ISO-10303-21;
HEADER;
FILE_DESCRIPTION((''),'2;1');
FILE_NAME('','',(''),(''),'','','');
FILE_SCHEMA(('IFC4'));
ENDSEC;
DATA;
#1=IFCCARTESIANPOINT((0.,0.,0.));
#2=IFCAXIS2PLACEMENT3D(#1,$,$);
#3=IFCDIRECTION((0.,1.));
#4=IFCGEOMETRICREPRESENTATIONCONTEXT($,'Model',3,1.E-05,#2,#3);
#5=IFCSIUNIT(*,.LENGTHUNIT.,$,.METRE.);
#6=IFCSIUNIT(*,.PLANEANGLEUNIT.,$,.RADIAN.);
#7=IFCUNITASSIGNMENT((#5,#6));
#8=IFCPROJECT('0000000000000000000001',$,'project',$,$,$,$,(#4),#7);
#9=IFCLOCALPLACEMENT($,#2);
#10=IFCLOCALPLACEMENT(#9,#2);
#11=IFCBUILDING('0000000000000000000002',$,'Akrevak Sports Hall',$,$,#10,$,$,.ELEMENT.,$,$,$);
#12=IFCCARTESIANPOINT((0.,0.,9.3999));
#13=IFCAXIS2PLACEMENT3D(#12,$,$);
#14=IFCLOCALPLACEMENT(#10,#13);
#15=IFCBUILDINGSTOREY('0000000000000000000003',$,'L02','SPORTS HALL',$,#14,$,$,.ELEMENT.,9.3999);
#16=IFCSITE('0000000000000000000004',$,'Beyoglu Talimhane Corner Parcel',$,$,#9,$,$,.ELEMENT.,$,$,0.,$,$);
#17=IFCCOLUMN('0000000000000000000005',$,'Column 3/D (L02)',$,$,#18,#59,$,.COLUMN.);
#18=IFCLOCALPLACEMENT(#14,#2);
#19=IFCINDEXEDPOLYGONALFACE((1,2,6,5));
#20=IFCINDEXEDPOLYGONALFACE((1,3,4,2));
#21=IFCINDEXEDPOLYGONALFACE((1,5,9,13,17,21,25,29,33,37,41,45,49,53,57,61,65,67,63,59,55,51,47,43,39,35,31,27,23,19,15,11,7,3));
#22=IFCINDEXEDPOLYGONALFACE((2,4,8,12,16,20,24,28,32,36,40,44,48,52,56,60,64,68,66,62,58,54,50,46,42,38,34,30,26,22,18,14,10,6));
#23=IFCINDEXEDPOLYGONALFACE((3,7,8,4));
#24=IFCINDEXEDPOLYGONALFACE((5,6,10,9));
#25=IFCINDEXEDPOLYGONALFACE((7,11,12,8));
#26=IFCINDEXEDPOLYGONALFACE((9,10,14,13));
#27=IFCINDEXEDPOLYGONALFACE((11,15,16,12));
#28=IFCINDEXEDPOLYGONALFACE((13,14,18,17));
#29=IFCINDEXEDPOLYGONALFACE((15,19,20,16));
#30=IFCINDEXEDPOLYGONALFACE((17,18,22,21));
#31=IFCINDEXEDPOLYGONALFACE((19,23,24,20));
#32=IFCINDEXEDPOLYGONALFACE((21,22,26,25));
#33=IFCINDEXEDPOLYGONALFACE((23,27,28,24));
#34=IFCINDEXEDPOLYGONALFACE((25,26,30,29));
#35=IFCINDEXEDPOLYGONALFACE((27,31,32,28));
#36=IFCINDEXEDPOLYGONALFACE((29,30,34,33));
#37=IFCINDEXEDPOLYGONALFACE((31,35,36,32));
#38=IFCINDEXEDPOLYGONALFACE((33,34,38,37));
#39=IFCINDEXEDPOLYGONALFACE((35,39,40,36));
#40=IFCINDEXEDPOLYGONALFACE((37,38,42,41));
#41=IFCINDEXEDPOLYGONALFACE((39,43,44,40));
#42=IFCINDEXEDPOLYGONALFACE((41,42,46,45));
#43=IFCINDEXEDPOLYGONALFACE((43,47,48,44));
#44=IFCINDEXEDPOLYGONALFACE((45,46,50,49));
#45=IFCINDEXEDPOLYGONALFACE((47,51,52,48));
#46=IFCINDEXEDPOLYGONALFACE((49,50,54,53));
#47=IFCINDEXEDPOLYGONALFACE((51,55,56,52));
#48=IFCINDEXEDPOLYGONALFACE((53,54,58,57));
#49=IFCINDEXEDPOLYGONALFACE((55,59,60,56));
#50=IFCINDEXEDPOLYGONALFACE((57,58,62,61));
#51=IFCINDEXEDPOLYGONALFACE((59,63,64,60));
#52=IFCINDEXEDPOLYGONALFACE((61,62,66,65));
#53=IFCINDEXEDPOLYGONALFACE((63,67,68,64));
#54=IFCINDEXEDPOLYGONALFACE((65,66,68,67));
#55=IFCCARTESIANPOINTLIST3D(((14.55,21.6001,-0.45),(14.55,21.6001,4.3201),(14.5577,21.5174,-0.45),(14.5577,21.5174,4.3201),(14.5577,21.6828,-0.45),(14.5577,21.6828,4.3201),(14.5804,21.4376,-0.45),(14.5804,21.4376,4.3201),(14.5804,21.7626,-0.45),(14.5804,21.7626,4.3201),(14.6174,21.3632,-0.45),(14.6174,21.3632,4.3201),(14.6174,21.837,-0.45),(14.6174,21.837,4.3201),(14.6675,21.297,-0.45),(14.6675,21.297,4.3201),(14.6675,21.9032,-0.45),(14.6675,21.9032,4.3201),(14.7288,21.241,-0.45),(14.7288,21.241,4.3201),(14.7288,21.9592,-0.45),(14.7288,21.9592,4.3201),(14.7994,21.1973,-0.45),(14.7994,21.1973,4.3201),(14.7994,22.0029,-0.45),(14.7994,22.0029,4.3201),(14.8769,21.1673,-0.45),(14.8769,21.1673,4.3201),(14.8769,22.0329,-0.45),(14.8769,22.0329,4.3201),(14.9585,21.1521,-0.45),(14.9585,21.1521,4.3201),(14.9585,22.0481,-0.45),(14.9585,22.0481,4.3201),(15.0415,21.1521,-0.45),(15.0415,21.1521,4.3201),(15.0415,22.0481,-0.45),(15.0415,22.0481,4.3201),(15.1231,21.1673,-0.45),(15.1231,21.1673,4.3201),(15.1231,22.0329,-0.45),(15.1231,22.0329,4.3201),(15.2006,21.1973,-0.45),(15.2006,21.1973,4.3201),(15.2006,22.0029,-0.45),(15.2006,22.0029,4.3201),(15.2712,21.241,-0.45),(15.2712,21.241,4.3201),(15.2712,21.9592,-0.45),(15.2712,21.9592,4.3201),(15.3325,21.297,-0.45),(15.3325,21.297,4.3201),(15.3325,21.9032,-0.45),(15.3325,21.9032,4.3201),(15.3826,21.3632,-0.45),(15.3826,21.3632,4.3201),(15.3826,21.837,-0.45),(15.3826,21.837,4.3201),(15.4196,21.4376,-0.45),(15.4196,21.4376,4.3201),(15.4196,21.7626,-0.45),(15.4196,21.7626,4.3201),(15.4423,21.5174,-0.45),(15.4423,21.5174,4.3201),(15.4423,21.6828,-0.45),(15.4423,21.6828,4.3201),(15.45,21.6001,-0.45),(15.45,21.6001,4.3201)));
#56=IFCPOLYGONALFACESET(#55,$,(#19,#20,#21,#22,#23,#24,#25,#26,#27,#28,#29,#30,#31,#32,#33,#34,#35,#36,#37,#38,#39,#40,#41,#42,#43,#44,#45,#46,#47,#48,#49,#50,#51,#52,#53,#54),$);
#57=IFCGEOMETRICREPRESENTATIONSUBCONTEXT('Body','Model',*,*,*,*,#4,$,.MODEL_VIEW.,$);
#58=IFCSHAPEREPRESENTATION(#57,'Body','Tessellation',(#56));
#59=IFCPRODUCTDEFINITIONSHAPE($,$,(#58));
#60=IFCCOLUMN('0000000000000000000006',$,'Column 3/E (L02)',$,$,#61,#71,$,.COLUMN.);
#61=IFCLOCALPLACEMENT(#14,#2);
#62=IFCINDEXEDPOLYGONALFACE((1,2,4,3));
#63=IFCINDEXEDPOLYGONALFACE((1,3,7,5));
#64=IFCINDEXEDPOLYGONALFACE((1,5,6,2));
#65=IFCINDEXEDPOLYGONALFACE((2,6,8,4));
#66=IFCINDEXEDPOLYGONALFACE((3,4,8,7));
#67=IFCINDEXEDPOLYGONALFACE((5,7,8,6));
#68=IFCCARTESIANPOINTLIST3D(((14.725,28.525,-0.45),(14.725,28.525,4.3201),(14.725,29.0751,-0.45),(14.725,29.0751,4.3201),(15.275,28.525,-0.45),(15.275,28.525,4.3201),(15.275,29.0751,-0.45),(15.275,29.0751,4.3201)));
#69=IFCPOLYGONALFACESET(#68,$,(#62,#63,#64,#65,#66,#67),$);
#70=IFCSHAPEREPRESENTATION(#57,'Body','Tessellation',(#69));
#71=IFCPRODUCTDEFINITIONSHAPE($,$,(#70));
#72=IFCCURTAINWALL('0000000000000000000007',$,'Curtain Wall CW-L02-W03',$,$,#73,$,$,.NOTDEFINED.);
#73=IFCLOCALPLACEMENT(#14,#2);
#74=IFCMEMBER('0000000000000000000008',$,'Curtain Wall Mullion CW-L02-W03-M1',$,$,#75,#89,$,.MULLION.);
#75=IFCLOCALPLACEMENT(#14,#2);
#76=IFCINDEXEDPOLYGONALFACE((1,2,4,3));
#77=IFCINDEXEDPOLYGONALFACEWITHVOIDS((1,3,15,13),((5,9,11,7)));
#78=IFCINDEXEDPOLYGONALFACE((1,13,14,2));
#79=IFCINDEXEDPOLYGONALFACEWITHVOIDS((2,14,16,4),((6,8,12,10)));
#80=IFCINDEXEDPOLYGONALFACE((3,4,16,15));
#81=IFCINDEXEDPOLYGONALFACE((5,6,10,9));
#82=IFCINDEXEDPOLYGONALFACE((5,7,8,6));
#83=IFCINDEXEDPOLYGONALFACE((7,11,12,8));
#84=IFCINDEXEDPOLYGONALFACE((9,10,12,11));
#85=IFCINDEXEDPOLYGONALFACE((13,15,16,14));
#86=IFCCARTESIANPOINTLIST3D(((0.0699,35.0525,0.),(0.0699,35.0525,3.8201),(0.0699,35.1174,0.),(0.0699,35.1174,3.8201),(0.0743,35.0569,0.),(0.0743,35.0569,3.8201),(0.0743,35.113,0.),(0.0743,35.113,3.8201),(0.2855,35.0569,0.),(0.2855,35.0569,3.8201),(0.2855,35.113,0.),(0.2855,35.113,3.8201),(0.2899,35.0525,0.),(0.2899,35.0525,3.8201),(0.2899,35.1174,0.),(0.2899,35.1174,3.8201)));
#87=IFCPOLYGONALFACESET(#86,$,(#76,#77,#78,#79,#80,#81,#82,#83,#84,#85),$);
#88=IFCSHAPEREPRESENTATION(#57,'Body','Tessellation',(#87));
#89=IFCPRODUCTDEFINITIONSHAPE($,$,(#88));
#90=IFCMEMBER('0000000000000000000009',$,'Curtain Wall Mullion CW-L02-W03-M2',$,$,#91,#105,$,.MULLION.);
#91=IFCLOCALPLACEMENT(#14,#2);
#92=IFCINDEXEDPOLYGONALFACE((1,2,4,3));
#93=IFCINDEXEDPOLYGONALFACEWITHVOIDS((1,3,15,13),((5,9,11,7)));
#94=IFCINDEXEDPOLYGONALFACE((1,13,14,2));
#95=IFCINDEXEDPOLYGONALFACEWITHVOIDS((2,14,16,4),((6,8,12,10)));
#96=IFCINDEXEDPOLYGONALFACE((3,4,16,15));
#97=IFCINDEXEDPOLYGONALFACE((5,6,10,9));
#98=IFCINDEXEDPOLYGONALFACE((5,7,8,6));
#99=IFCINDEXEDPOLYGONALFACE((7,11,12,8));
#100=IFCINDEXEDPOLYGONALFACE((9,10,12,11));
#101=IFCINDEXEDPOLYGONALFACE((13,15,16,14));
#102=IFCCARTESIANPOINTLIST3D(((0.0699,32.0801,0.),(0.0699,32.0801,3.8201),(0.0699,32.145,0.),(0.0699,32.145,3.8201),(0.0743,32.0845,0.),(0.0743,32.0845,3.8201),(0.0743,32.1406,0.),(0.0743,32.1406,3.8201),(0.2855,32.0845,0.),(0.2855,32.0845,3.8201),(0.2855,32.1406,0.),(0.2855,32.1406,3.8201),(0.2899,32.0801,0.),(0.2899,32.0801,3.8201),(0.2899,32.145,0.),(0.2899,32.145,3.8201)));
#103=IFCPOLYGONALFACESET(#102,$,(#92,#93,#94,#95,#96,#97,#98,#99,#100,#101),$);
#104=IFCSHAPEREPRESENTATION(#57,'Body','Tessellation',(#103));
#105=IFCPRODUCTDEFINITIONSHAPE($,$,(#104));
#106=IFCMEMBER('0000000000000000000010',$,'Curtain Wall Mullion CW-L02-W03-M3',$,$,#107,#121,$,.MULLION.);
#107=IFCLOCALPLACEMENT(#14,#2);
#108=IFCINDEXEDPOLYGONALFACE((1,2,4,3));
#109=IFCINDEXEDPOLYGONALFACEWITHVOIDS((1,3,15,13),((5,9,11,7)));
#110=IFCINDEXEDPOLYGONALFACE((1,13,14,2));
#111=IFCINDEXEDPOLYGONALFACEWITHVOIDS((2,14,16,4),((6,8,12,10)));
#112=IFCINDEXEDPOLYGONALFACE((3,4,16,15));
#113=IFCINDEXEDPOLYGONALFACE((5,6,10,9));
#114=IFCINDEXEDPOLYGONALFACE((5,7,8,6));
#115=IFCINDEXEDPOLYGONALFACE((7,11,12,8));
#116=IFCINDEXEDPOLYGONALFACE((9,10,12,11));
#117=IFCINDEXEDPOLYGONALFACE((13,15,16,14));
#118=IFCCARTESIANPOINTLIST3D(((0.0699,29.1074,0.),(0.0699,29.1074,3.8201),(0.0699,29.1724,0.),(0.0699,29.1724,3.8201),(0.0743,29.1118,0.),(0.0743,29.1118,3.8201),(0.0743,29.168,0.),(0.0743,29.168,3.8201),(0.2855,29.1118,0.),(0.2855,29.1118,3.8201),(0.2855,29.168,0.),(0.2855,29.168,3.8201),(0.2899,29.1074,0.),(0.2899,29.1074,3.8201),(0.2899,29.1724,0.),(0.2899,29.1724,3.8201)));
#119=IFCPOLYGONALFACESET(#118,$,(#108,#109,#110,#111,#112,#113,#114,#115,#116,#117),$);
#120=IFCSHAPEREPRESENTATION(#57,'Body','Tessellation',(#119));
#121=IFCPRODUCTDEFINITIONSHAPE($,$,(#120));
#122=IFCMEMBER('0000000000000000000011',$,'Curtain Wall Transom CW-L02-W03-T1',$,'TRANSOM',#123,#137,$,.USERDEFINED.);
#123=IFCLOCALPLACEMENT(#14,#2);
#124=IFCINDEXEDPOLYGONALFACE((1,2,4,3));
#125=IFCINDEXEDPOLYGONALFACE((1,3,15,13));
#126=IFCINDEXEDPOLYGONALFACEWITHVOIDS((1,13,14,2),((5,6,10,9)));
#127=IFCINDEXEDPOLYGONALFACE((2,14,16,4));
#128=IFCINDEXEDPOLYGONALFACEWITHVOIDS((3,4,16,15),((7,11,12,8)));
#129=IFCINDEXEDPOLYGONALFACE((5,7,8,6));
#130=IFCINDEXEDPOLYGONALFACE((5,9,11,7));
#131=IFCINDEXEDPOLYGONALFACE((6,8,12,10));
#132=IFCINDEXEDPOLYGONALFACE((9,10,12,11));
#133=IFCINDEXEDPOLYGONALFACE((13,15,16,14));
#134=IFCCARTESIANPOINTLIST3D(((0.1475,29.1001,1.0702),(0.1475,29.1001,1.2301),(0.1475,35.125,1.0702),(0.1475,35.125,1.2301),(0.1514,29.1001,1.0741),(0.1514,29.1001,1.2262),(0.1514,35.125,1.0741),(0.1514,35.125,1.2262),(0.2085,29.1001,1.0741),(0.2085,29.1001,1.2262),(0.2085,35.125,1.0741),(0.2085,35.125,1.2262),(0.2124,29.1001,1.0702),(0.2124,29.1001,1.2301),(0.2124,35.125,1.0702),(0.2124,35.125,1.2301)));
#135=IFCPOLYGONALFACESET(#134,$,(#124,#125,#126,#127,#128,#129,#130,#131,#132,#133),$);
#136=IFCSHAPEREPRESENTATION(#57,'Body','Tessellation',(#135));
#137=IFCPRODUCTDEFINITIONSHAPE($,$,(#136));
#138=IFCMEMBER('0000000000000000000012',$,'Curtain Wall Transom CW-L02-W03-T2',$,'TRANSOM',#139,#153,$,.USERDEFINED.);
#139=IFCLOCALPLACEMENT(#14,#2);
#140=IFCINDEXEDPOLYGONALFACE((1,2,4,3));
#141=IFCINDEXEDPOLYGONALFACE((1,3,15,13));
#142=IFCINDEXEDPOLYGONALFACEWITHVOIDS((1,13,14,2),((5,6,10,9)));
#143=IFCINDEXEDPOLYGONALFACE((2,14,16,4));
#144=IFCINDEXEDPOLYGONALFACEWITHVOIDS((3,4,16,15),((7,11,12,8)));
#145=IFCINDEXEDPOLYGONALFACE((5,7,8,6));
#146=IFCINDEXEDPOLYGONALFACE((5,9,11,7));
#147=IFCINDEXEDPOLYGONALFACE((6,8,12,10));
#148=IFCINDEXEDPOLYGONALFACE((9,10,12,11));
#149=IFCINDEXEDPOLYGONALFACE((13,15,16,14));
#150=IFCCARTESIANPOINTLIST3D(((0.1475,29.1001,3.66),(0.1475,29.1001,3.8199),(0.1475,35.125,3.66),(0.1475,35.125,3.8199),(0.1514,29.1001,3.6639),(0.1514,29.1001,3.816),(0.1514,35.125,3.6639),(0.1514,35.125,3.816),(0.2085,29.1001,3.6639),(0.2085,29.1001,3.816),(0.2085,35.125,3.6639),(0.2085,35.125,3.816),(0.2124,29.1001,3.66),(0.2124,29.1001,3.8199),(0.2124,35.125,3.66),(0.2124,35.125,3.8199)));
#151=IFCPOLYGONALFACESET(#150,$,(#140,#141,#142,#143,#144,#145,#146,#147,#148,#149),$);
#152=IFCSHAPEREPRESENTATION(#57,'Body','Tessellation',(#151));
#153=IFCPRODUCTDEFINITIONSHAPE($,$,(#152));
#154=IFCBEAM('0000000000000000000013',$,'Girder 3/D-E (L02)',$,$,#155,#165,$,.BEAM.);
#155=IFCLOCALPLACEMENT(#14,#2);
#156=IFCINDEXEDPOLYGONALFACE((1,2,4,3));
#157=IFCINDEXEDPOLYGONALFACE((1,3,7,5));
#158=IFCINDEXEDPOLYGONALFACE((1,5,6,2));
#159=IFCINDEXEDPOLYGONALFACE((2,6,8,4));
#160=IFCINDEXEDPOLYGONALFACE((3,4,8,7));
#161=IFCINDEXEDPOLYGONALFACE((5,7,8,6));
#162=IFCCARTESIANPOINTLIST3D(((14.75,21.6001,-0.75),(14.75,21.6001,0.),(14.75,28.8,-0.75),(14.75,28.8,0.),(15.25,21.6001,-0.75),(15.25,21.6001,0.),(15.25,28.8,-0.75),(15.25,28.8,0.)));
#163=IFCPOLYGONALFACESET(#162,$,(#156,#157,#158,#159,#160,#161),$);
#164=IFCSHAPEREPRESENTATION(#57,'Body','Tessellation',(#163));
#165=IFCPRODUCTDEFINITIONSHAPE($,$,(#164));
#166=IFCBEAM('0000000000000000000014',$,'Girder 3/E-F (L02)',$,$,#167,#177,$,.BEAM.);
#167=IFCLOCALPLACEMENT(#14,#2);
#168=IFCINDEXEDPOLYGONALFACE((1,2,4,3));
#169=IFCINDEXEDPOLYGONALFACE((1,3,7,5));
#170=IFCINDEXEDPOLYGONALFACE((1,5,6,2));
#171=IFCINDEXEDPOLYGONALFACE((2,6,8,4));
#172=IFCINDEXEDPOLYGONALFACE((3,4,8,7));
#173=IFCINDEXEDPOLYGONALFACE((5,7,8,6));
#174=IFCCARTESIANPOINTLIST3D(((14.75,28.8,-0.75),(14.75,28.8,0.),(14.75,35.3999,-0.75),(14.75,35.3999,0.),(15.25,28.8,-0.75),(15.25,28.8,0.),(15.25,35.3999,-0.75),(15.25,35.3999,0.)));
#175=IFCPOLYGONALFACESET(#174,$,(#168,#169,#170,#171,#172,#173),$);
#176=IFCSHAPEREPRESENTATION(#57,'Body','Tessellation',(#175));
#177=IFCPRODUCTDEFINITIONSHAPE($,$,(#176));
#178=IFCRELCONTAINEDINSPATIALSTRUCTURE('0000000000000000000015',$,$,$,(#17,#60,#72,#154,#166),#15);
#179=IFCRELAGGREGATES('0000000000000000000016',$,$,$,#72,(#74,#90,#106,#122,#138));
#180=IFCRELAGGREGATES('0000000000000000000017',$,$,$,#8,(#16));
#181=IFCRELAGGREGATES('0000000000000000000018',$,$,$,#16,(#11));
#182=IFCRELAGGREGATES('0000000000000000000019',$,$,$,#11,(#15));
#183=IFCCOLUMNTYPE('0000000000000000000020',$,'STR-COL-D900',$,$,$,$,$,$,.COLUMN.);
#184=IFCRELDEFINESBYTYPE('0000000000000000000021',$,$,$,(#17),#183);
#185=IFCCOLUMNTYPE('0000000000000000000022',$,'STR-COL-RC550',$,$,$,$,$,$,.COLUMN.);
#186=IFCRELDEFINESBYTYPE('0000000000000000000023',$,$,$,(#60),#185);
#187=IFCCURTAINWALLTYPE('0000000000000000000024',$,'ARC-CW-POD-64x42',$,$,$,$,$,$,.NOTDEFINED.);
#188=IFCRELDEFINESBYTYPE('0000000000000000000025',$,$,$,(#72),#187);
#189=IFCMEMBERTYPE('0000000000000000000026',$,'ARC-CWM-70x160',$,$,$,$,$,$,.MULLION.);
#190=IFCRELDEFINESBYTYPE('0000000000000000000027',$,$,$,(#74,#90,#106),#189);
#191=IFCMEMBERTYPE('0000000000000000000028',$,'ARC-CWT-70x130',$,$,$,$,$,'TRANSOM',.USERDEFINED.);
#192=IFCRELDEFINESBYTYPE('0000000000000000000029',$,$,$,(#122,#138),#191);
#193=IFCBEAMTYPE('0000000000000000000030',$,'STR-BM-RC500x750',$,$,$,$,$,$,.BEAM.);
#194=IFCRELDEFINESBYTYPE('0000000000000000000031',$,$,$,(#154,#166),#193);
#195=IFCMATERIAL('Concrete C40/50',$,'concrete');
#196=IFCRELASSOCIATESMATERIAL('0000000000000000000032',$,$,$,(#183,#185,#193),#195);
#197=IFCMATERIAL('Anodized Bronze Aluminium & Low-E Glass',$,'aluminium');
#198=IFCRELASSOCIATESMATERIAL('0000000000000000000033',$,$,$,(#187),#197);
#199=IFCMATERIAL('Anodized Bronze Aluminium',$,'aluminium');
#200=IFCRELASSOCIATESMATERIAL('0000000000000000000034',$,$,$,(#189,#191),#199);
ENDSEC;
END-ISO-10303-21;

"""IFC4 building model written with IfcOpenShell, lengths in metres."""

from ifc_helpers import new_model, si_unit, direction, frame, origin, origin_2d, place, context, subcontext, project, spatial, rectangle, hollow_rectangle, circle, extrude, material, material_profile, profile_set, type_object, element, aggregate, save


model = new_model("IFC4")

# Units and contexts
model_context = context("Model", 3, precision=1e-05, world=origin(), true_north=direction((0.0, 1.0)))
body_context = subcontext(model_context, "Body", "Model", "MODEL_VIEW")
ifc_project = project(units=[si_unit("LENGTHUNIT", "METRE"), si_unit("PLANEANGLEUNIT", "RADIAN")], contexts=[model_context])

# Site, building, storey
site_placement = place(None, origin())
site = spatial("IfcSite", under=ifc_project, at=site_placement, Name="Beyoglu Talimhane Corner Parcel", CompositionType="ELEMENT", RefElevation=0.0)
building_placement = place(site_placement, origin())
building = spatial("IfcBuilding", under=site, at=building_placement, Name="Akrevak Sports Hall", CompositionType="ELEMENT")
storey_placement = place(building_placement, frame((0.0, 0.0, 9.3999)))
storey = spatial("IfcBuildingStorey", under=building, at=storey_placement, Name="L02", Description="SPORTS HALL", CompositionType="ELEMENT", Elevation=9.3999)

# Columns
ifc_material_1 = material(Name="Concrete C40/50", Category="concrete")
ifc_material_profile_1 = material_profile(ifc_material_1, circle(Radius=0.45, at=origin_2d()), Name="COL D900", Category="concrete")
ifc_profile_set_1 = profile_set([ifc_material_profile_1], Name="Concrete C40/50")
column_type_1 = type_object("IfcColumnType", Name="STR-COL-D900", PredefinedType="COLUMN", material=ifc_profile_set_1)
column_1_placement = place(storey_placement, frame((15.0, 21.6001, -0.45), z_axis=(0.0, 0.0, 1.0), x_axis=(1.0, 0.0, 0.0)))
element("IfcColumn", 1, at=column_1_placement, inside=storey, type_object=column_type_1, Name="Column 3/D (L02)", PredefinedType="COLUMN", context=body_context, shape_type="SweptSolid", body=[
    extrude(circle(Radius=0.45, at=origin_2d()), origin(), (0.0, 0.0, 1.0), 4.77),
])
ifc_material_profile_2 = material_profile(ifc_material_1, rectangle(XDim=0.55, YDim=0.55, at=origin_2d()), Name="RC 550x550", Category="concrete")
ifc_profile_set_2 = profile_set([ifc_material_profile_2], Name="Concrete C40/50")
column_type_2 = type_object("IfcColumnType", Name="STR-COL-RC550", PredefinedType="COLUMN", material=ifc_profile_set_2)
column_2_placement = place(storey_placement, frame((15.0, 28.8, -0.45), z_axis=(0.0, 0.0, 1.0), x_axis=(1.0, 0.0, 0.0)))
element("IfcColumn", 2, at=column_2_placement, inside=storey, type_object=column_type_2, Name="Column 3/E (L02)", PredefinedType="COLUMN", context=body_context, shape_type="SweptSolid", body=[
    extrude(rectangle(XDim=0.55, YDim=0.55, at=origin_2d()), origin(), (0.0, 0.0, 1.0), 4.77),
])

# Curtain wall, members
ifc_material_2 = material(Name="Anodized Bronze Aluminium & Low-E Glass", Category="aluminium")
curtain_wall_type = type_object("IfcCurtainWallType", Name="ARC-CW-POD-64x42", PredefinedType="NOTDEFINED", material=ifc_material_2)
curtain_wall_placement = place(storey_placement, origin())
curtain_wall = element("IfcCurtainWall", 3, at=curtain_wall_placement, inside=storey, type_object=curtain_wall_type, Name="Curtain Wall CW-L02-W03", PredefinedType="NOTDEFINED")
ifc_material_3 = material(Name="Anodized Bronze Aluminium", Category="aluminium")
ifc_material_profile_3 = material_profile(ifc_material_3, hollow_rectangle(XDim=0.0649, YDim=0.22, WallThickness=0.0044, at=origin_2d()), Name="CWM 65x220", Category="aluminium")
ifc_profile_set_3 = profile_set([ifc_material_profile_3], Name="Anodized Bronze Aluminium")
member_type_1 = type_object("IfcMemberType", Name="ARC-CWM-70x160", PredefinedType="MULLION", material=ifc_profile_set_3)
member_1_placement = place(storey_placement, frame((0.1799, 35.085, 0.0), z_axis=(0.0, 0.0, 1.0), x_axis=(0.0, -1.0, 0.0)))
member_1 = element("IfcMember", 4, at=member_1_placement, type_object=member_type_1, Name="Curtain Wall Mullion CW-L02-W03-M1", PredefinedType="MULLION", context=body_context, shape_type="SweptSolid", body=[
    extrude(hollow_rectangle(XDim=0.0649, YDim=0.22, WallThickness=0.0044, at=origin_2d()), origin(), (0.0, 0.0, 1.0), 3.8201),
])
member_2_placement = place(storey_placement, frame((0.1799, 32.1125, 0.0), z_axis=(0.0, 0.0, 1.0), x_axis=(0.0, -1.0, 0.0)))
member_2 = element("IfcMember", 5, at=member_2_placement, type_object=member_type_1, Name="Curtain Wall Mullion CW-L02-W03-M2", PredefinedType="MULLION", context=body_context, shape_type="SweptSolid", body=[
    extrude(hollow_rectangle(XDim=0.0649, YDim=0.22, WallThickness=0.0044, at=origin_2d()), origin(), (0.0, 0.0, 1.0), 3.8201),
])
member_3_placement = place(storey_placement, frame((0.1799, 29.1399, 0.0), z_axis=(0.0, 0.0, 1.0), x_axis=(0.0, -1.0, 0.0)))
member_3 = element("IfcMember", 6, at=member_3_placement, type_object=member_type_1, Name="Curtain Wall Mullion CW-L02-W03-M3", PredefinedType="MULLION", context=body_context, shape_type="SweptSolid", body=[
    extrude(hollow_rectangle(XDim=0.0649, YDim=0.22, WallThickness=0.0044, at=origin_2d()), origin(), (0.0, 0.0, 1.0), 3.8201),
])
ifc_material_profile_4 = material_profile(ifc_material_3, hollow_rectangle(XDim=0.0649, YDim=0.1599, WallThickness=0.0039, at=origin_2d()), Name="CWT 65x160", Category="aluminium")
ifc_profile_set_4 = profile_set([ifc_material_profile_4], Name="Anodized Bronze Aluminium")
member_type_2 = type_object("IfcMemberType", Name="ARC-CWT-70x130", ElementType="TRANSOM", PredefinedType="USERDEFINED", material=ifc_profile_set_4)
member_4_placement = place(storey_placement, frame((0.1799, 35.125, 1.1501), z_axis=(0.0, -1.0, 0.0), x_axis=(1.0, 0.0, 0.0)))
member_4 = element("IfcMember", 7, at=member_4_placement, type_object=member_type_2, Name="Curtain Wall Transom CW-L02-W03-T1", ObjectType="TRANSOM", PredefinedType="USERDEFINED", context=body_context, shape_type="SweptSolid", body=[
    extrude(hollow_rectangle(XDim=0.0649, YDim=0.1599, WallThickness=0.0039, at=origin_2d()), origin(), (0.0, 0.0, 1.0), 6.0249),
])
member_5_placement = place(storey_placement, frame((0.1799, 35.125, 3.74), z_axis=(0.0, -1.0, 0.0), x_axis=(1.0, 0.0, 0.0)))
member_5 = element("IfcMember", 8, at=member_5_placement, type_object=member_type_2, Name="Curtain Wall Transom CW-L02-W03-T2", ObjectType="TRANSOM", PredefinedType="USERDEFINED", context=body_context, shape_type="SweptSolid", body=[
    extrude(hollow_rectangle(XDim=0.0649, YDim=0.1599, WallThickness=0.0039, at=origin_2d()), origin(), (0.0, 0.0, 1.0), 6.0249),
])

# Beams
ifc_material_profile_5 = material_profile(ifc_material_1, rectangle(XDim=0.5, YDim=0.75, at=origin_2d()), Name="BM 500x750", Category="concrete")
ifc_profile_set_5 = profile_set([ifc_material_profile_5], Name="Concrete C40/50")
beam_type_1 = type_object("IfcBeamType", Name="STR-BM-RC500x750", PredefinedType="BEAM", material=ifc_profile_set_5)
beam_1_placement = place(storey_placement, frame((15.0, 21.6001, -0.375), z_axis=(0.0, 1.0, 0.0), x_axis=(-1.0, 0.0, 0.0)))
element("IfcBeam", 9, at=beam_1_placement, inside=storey, type_object=beam_type_1, Name="Girder 3/D-E (L02)", PredefinedType="BEAM", context=body_context, shape_type="SweptSolid", body=[
    extrude(rectangle(XDim=0.5, YDim=0.75, at=origin_2d()), origin(), (0.0, 0.0, 1.0), 7.2),
])
beam_2_placement = place(storey_placement, frame((15.0, 28.8, -0.375), z_axis=(0.0, 1.0, 0.0), x_axis=(-1.0, 0.0, 0.0)))
element("IfcBeam", 10, at=beam_2_placement, inside=storey, type_object=beam_type_1, Name="Girder 3/E-F (L02)", PredefinedType="BEAM", context=body_context, shape_type="SweptSolid", body=[
    extrude(rectangle(XDim=0.5, YDim=0.75, at=origin_2d()), origin(), (0.0, 0.0, 1.0), 6.5999),
])

aggregate(curtain_wall, [member_1, member_2, member_3, member_4, member_5])

save(model, "model.ifc")
